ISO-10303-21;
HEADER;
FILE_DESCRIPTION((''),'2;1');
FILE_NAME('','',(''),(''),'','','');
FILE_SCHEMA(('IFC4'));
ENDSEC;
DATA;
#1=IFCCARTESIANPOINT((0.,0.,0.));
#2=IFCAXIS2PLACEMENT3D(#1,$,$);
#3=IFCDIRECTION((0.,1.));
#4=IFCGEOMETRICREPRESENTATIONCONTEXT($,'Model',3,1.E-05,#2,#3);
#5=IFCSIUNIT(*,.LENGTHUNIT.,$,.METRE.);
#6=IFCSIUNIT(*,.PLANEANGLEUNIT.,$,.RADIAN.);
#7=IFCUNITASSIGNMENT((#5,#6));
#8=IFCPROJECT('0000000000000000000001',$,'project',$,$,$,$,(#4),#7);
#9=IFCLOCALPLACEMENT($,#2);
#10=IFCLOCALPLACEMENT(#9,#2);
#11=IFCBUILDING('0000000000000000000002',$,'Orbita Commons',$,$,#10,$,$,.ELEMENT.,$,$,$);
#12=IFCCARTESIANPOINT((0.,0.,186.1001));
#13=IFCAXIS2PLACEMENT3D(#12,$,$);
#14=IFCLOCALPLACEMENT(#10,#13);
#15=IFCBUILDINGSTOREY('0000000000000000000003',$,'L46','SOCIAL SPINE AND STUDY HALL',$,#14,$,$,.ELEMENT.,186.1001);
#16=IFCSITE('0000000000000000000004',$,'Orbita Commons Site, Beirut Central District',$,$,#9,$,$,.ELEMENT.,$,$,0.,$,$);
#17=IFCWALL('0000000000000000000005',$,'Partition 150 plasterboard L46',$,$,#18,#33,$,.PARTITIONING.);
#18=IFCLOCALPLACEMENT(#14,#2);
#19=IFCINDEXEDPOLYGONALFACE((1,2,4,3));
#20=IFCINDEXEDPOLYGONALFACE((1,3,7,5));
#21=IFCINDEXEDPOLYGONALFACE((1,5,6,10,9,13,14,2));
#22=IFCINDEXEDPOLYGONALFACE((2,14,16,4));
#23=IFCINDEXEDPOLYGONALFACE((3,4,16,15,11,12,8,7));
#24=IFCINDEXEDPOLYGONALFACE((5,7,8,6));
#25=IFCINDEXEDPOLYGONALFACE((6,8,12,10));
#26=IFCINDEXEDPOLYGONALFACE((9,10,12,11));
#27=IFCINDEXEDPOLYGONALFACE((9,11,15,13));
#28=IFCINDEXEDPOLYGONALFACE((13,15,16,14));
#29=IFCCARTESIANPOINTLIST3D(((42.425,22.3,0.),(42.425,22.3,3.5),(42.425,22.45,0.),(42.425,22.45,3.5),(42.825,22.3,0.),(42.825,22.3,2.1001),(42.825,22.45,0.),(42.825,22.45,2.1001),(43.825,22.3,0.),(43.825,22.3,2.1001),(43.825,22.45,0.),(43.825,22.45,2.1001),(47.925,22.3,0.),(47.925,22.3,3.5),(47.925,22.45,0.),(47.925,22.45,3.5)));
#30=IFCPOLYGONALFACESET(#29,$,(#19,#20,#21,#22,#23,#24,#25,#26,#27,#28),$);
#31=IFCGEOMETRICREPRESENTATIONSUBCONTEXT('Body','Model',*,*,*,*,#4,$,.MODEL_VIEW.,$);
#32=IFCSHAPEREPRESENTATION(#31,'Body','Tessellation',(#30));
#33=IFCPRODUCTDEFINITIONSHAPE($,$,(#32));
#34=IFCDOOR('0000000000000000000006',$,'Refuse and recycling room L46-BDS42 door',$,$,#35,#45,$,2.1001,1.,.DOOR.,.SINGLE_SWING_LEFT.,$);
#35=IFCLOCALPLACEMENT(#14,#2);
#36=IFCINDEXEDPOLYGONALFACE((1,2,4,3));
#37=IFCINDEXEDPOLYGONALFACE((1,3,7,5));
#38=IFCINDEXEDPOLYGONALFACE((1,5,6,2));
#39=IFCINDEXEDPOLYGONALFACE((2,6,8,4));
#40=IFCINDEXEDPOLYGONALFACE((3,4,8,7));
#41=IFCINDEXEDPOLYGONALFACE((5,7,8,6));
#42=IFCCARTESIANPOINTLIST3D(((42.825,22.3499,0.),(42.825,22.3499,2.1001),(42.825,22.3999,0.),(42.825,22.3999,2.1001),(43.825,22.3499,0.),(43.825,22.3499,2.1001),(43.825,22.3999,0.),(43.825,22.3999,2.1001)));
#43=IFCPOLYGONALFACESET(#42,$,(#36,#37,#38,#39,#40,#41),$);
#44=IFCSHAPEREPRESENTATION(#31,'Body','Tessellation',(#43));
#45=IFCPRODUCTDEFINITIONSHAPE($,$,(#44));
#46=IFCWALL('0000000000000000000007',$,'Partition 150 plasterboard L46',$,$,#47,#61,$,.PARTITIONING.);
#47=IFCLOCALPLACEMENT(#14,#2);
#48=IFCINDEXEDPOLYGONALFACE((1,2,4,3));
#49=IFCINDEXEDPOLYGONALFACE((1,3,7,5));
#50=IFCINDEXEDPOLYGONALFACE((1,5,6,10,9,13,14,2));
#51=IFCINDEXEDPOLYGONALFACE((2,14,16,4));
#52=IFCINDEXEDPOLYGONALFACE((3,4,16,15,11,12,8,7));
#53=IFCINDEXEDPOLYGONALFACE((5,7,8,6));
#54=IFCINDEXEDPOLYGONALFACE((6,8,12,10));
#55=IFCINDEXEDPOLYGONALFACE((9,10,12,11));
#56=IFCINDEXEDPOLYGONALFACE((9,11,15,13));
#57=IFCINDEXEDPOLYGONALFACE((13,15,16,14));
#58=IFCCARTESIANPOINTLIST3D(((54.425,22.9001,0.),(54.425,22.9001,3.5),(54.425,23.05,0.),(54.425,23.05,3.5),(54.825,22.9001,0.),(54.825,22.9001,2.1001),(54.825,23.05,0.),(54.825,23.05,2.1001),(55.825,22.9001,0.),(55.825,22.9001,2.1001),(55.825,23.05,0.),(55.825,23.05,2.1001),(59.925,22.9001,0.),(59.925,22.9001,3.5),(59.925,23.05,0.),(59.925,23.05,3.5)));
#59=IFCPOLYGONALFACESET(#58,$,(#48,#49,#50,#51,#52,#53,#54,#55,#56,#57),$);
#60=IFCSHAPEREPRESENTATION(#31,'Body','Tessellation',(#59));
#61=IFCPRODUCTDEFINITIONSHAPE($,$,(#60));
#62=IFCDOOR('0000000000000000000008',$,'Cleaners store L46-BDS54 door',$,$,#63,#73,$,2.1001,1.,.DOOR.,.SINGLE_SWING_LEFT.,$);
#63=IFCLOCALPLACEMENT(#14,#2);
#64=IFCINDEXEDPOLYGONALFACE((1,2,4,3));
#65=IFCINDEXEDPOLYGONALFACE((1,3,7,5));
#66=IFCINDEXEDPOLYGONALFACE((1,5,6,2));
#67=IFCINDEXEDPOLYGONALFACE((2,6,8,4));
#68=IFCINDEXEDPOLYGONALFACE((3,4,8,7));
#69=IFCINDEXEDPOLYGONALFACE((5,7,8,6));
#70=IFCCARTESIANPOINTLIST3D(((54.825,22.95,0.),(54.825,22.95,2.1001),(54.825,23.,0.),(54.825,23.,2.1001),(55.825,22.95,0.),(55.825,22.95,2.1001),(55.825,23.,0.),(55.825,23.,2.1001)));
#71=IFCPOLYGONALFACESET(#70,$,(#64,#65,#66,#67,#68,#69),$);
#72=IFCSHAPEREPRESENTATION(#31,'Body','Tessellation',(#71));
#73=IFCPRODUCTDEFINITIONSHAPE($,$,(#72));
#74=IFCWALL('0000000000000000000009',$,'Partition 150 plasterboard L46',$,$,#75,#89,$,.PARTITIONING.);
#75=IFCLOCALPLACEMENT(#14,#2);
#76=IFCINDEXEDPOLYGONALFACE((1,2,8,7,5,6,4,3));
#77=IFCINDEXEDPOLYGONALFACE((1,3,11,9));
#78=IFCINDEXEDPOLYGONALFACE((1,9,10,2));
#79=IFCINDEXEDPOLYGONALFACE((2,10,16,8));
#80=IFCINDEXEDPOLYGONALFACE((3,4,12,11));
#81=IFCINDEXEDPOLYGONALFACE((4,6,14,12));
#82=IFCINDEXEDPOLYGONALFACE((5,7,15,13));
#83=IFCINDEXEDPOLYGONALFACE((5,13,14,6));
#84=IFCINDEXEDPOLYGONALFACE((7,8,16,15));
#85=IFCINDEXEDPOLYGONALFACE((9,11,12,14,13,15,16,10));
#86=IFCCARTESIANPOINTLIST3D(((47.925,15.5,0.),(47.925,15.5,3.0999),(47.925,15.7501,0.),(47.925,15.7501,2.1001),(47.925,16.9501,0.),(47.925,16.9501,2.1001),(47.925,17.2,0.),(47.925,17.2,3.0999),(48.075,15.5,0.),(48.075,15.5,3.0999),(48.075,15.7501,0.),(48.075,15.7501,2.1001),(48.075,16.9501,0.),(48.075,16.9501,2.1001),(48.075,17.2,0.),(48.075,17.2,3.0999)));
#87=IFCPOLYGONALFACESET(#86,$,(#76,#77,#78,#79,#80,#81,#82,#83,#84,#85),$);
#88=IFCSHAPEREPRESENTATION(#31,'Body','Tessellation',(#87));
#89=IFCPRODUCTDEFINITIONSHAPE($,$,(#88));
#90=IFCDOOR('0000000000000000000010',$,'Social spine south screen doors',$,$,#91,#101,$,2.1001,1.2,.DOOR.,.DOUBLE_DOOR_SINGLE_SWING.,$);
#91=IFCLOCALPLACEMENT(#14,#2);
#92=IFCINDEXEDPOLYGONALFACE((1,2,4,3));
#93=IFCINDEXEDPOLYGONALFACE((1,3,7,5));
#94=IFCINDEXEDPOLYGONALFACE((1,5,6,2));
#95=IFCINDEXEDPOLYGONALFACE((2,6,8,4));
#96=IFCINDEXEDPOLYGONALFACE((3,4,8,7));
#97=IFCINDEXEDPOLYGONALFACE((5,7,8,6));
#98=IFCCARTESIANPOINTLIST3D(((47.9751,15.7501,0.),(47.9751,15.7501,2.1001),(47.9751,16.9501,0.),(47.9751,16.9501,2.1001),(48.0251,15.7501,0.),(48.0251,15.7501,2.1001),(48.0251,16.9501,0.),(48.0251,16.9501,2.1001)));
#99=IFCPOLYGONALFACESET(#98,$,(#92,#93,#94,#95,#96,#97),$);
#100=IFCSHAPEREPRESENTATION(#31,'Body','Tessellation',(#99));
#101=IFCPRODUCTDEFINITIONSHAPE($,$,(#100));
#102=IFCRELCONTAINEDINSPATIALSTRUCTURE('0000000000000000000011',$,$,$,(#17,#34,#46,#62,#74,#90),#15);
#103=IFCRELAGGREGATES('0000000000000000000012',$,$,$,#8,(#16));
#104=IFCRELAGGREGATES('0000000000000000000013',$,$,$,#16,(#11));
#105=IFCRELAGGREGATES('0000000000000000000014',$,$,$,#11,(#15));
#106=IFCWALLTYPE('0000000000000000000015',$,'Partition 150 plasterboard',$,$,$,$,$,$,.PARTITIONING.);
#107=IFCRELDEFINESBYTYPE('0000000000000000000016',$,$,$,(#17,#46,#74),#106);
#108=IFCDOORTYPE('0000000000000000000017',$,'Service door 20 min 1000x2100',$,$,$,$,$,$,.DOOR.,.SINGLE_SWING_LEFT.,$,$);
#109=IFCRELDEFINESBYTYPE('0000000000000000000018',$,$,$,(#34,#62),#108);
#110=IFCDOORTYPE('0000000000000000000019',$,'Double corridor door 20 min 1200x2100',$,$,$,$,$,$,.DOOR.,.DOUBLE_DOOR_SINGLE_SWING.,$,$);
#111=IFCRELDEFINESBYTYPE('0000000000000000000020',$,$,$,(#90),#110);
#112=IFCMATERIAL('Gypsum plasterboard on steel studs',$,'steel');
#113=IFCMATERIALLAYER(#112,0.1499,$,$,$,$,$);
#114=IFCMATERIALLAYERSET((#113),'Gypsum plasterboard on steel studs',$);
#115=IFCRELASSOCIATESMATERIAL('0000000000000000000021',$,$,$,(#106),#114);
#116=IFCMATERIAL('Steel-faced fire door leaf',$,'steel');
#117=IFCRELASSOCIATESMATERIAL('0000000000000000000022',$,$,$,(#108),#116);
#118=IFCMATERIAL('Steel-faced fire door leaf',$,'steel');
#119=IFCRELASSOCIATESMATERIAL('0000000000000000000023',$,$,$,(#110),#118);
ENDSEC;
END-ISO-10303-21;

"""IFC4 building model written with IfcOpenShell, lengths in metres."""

from ifc_helpers import new_model, si_unit, direction, frame, frame_2d, origin, place, context, subcontext, project, spatial, polyline, rectangle, outline, extrude, material, layer, layer_set, type_object, element, fill, save


model = new_model("IFC4")

# Units and contexts
model_context = context("Model", 3, precision=1e-05, world=origin(), true_north=direction((0.0, 1.0)))
body_context = subcontext(model_context, "Body", "Model", "MODEL_VIEW")
ifc_project = project(units=[si_unit("LENGTHUNIT", "METRE"), si_unit("PLANEANGLEUNIT", "RADIAN")], contexts=[model_context])

# Site, building, storey
site_placement = place(None, origin())
site = spatial("IfcSite", under=ifc_project, at=site_placement, Name="Orbita Commons Site, Beirut Central District", CompositionType="ELEMENT", RefElevation=0.0)
building_placement = place(site_placement, origin())
building = spatial("IfcBuilding", under=site, at=building_placement, Name="Orbita Commons", CompositionType="ELEMENT")
storey_placement = place(building_placement, frame((0.0, 0.0, 186.1001)))
storey = spatial("IfcBuildingStorey", under=building, at=storey_placement, Name="L46", Description="SOCIAL SPINE AND STUDY HALL", CompositionType="ELEMENT", Elevation=186.1001)

# Walls, openings, doors
ifc_material_1 = material(Name="Gypsum plasterboard on steel studs", Category="steel")
ifc_layer_1 = layer(ifc_material_1, 0.1499)
ifc_layer_set_1 = layer_set([ifc_layer_1], Name="Gypsum plasterboard on steel studs")
wall_type_1 = type_object("IfcWallType", Name="Partition 150 plasterboard", PredefinedType="PARTITIONING", material=ifc_layer_set_1)
wall_1_placement = place(storey_placement, frame((42.425, 22.375, 0.0), z_axis=(0.0, 0.0, 1.0), x_axis=(1.0, 0.0, 0.0)))
wall_1 = element("IfcWall", 1, at=wall_1_placement, inside=storey, type_object=wall_type_1, Name="Partition 150 plasterboard L46", PredefinedType="PARTITIONING", context=body_context, shape_type="SweptSolid", body=[
    extrude(rectangle(XDim=5.5, YDim=0.1499, at=frame_2d((2.75, 0.0))), origin(), (0.0, 0.0, 1.0), 3.5),
])
opening_1_placement = place(wall_1_placement, frame((0.3999, 0.0, 0.0)))
opening_1 = element("IfcOpeningElement", 2, at=opening_1_placement, cuts=wall_1, PredefinedType="OPENING", context=body_context, shape_type="SweptSolid", body=[
    extrude(rectangle(XDim=1.0, YDim=2.1001, at=frame_2d((0.5, 1.05))), frame((0.0, 0.085, 0.0), z_axis=(0.0, -1.0, 0.0), x_axis=(1.0, 0.0, 0.0)), (0.0, 0.0, 1.0), 0.1699),
])
ifc_material_2 = material(Name="Steel-faced fire door leaf", Category="steel")
door_type_1 = type_object("IfcDoorType", Name="Service door 20 min 1000x2100", OperationType="SINGLE_SWING_LEFT", PredefinedType="DOOR", material=ifc_material_2)
door_1_placement = place(opening_1_placement, origin())
door_1 = element("IfcDoor", 3, at=door_1_placement, inside=storey, type_object=door_type_1, Name="Refuse and recycling room L46-BDS42 door", OperationType="SINGLE_SWING_LEFT", OverallHeight=2.1001, OverallWidth=1.0, PredefinedType="DOOR", context=body_context, shape_type="SweptSolid", body=[
    extrude(rectangle(XDim=1.0, YDim=2.1001, at=frame_2d((0.5, 1.05))), frame((0.0, 0.0249, 0.0), z_axis=(0.0, -1.0, 0.0), x_axis=(1.0, 0.0, 0.0)), (0.0, 0.0, 1.0), 0.05),
])
fill(opening_1, door_1)
wall_2_placement = place(storey_placement, frame((54.425, 22.9751, 0.0), z_axis=(0.0, 0.0, 1.0), x_axis=(1.0, 0.0, 0.0)))
wall_2 = element("IfcWall", 4, at=wall_2_placement, inside=storey, type_object=wall_type_1, Name="Partition 150 plasterboard L46", PredefinedType="PARTITIONING", context=body_context, shape_type="SweptSolid", body=[
    extrude(rectangle(XDim=5.5, YDim=0.1499, at=frame_2d((2.75, 0.0))), origin(), (0.0, 0.0, 1.0), 3.5),
])
opening_2_placement = place(wall_2_placement, frame((0.3999, 0.0, 0.0)))
opening_2 = element("IfcOpeningElement", 5, at=opening_2_placement, cuts=wall_2, PredefinedType="OPENING", context=body_context, shape_type="SweptSolid", body=[
    extrude(rectangle(XDim=1.0, YDim=2.1001, at=frame_2d((0.5, 1.05))), frame((0.0, 0.085, 0.0), z_axis=(0.0, -1.0, 0.0), x_axis=(1.0, 0.0, 0.0)), (0.0, 0.0, 1.0), 0.1699),
])
door_2_placement = place(opening_2_placement, origin())
door_2 = element("IfcDoor", 6, at=door_2_placement, inside=storey, type_object=door_type_1, Name="Cleaners store L46-BDS54 door", OperationType="SINGLE_SWING_LEFT", OverallHeight=2.1001, OverallWidth=1.0, PredefinedType="DOOR", context=body_context, shape_type="SweptSolid", body=[
    extrude(rectangle(XDim=1.0, YDim=2.1001, at=frame_2d((0.5, 1.05))), frame((0.0, 0.0249, 0.0), z_axis=(0.0, -1.0, 0.0), x_axis=(1.0, 0.0, 0.0)), (0.0, 0.0, 1.0), 0.05),
])
fill(opening_2, door_2)
wall_3_placement = place(storey_placement, frame((48.0, 15.5, 0.0), z_axis=(0.0, 0.0, 1.0), x_axis=(0.0, 1.0, 0.0)))
wall_3 = element("IfcWall", 7, at=wall_3_placement, inside=storey, type_object=wall_type_1, Name="Partition 150 plasterboard L46", PredefinedType="PARTITIONING", context=body_context, shape_type="SweptSolid", body=[
    extrude(outline(polyline([(0.0, 0.0), (1.7, 0.0), (1.7, 3.0999), (0.0, 3.0999), (0.0, 0.0)])), frame((0.0, 0.075, 0.0), z_axis=(0.0, -1.0, 0.0), x_axis=(1.0, 0.0, 0.0)), (0.0, 0.0, 1.0), 0.1499),
])
opening_3_placement = place(wall_3_placement, frame((0.25, 0.0, 0.0)))
opening_3 = element("IfcOpeningElement", 8, at=opening_3_placement, cuts=wall_3, PredefinedType="OPENING", context=body_context, shape_type="SweptSolid", body=[
    extrude(rectangle(XDim=1.2, YDim=2.1001, at=frame_2d((0.6001, 1.05))), frame((0.0, 0.085, 0.0), z_axis=(0.0, -1.0, 0.0), x_axis=(1.0, 0.0, 0.0)), (0.0, 0.0, 1.0), 0.1699),
])
ifc_material_3 = material(Name="Steel-faced fire door leaf", Category="steel")
door_type_2 = type_object("IfcDoorType", Name="Double corridor door 20 min 1200x2100", OperationType="DOUBLE_DOOR_SINGLE_SWING", PredefinedType="DOOR", material=ifc_material_3)
door_3_placement = place(opening_3_placement, origin())
door_3 = element("IfcDoor", 9, at=door_3_placement, inside=storey, type_object=door_type_2, Name="Social spine south screen doors", OperationType="DOUBLE_DOOR_SINGLE_SWING", OverallHeight=2.1001, OverallWidth=1.2, PredefinedType="DOOR", context=body_context, shape_type="SweptSolid", body=[
    extrude(rectangle(XDim=1.2, YDim=2.1001, at=frame_2d((0.6001, 1.05))), frame((0.0, 0.0249, 0.0), z_axis=(0.0, -1.0, 0.0), x_axis=(1.0, 0.0, 0.0)), (0.0, 0.0, 1.0), 0.05),
])
fill(opening_3, door_3)

save(model, "model.ifc")
